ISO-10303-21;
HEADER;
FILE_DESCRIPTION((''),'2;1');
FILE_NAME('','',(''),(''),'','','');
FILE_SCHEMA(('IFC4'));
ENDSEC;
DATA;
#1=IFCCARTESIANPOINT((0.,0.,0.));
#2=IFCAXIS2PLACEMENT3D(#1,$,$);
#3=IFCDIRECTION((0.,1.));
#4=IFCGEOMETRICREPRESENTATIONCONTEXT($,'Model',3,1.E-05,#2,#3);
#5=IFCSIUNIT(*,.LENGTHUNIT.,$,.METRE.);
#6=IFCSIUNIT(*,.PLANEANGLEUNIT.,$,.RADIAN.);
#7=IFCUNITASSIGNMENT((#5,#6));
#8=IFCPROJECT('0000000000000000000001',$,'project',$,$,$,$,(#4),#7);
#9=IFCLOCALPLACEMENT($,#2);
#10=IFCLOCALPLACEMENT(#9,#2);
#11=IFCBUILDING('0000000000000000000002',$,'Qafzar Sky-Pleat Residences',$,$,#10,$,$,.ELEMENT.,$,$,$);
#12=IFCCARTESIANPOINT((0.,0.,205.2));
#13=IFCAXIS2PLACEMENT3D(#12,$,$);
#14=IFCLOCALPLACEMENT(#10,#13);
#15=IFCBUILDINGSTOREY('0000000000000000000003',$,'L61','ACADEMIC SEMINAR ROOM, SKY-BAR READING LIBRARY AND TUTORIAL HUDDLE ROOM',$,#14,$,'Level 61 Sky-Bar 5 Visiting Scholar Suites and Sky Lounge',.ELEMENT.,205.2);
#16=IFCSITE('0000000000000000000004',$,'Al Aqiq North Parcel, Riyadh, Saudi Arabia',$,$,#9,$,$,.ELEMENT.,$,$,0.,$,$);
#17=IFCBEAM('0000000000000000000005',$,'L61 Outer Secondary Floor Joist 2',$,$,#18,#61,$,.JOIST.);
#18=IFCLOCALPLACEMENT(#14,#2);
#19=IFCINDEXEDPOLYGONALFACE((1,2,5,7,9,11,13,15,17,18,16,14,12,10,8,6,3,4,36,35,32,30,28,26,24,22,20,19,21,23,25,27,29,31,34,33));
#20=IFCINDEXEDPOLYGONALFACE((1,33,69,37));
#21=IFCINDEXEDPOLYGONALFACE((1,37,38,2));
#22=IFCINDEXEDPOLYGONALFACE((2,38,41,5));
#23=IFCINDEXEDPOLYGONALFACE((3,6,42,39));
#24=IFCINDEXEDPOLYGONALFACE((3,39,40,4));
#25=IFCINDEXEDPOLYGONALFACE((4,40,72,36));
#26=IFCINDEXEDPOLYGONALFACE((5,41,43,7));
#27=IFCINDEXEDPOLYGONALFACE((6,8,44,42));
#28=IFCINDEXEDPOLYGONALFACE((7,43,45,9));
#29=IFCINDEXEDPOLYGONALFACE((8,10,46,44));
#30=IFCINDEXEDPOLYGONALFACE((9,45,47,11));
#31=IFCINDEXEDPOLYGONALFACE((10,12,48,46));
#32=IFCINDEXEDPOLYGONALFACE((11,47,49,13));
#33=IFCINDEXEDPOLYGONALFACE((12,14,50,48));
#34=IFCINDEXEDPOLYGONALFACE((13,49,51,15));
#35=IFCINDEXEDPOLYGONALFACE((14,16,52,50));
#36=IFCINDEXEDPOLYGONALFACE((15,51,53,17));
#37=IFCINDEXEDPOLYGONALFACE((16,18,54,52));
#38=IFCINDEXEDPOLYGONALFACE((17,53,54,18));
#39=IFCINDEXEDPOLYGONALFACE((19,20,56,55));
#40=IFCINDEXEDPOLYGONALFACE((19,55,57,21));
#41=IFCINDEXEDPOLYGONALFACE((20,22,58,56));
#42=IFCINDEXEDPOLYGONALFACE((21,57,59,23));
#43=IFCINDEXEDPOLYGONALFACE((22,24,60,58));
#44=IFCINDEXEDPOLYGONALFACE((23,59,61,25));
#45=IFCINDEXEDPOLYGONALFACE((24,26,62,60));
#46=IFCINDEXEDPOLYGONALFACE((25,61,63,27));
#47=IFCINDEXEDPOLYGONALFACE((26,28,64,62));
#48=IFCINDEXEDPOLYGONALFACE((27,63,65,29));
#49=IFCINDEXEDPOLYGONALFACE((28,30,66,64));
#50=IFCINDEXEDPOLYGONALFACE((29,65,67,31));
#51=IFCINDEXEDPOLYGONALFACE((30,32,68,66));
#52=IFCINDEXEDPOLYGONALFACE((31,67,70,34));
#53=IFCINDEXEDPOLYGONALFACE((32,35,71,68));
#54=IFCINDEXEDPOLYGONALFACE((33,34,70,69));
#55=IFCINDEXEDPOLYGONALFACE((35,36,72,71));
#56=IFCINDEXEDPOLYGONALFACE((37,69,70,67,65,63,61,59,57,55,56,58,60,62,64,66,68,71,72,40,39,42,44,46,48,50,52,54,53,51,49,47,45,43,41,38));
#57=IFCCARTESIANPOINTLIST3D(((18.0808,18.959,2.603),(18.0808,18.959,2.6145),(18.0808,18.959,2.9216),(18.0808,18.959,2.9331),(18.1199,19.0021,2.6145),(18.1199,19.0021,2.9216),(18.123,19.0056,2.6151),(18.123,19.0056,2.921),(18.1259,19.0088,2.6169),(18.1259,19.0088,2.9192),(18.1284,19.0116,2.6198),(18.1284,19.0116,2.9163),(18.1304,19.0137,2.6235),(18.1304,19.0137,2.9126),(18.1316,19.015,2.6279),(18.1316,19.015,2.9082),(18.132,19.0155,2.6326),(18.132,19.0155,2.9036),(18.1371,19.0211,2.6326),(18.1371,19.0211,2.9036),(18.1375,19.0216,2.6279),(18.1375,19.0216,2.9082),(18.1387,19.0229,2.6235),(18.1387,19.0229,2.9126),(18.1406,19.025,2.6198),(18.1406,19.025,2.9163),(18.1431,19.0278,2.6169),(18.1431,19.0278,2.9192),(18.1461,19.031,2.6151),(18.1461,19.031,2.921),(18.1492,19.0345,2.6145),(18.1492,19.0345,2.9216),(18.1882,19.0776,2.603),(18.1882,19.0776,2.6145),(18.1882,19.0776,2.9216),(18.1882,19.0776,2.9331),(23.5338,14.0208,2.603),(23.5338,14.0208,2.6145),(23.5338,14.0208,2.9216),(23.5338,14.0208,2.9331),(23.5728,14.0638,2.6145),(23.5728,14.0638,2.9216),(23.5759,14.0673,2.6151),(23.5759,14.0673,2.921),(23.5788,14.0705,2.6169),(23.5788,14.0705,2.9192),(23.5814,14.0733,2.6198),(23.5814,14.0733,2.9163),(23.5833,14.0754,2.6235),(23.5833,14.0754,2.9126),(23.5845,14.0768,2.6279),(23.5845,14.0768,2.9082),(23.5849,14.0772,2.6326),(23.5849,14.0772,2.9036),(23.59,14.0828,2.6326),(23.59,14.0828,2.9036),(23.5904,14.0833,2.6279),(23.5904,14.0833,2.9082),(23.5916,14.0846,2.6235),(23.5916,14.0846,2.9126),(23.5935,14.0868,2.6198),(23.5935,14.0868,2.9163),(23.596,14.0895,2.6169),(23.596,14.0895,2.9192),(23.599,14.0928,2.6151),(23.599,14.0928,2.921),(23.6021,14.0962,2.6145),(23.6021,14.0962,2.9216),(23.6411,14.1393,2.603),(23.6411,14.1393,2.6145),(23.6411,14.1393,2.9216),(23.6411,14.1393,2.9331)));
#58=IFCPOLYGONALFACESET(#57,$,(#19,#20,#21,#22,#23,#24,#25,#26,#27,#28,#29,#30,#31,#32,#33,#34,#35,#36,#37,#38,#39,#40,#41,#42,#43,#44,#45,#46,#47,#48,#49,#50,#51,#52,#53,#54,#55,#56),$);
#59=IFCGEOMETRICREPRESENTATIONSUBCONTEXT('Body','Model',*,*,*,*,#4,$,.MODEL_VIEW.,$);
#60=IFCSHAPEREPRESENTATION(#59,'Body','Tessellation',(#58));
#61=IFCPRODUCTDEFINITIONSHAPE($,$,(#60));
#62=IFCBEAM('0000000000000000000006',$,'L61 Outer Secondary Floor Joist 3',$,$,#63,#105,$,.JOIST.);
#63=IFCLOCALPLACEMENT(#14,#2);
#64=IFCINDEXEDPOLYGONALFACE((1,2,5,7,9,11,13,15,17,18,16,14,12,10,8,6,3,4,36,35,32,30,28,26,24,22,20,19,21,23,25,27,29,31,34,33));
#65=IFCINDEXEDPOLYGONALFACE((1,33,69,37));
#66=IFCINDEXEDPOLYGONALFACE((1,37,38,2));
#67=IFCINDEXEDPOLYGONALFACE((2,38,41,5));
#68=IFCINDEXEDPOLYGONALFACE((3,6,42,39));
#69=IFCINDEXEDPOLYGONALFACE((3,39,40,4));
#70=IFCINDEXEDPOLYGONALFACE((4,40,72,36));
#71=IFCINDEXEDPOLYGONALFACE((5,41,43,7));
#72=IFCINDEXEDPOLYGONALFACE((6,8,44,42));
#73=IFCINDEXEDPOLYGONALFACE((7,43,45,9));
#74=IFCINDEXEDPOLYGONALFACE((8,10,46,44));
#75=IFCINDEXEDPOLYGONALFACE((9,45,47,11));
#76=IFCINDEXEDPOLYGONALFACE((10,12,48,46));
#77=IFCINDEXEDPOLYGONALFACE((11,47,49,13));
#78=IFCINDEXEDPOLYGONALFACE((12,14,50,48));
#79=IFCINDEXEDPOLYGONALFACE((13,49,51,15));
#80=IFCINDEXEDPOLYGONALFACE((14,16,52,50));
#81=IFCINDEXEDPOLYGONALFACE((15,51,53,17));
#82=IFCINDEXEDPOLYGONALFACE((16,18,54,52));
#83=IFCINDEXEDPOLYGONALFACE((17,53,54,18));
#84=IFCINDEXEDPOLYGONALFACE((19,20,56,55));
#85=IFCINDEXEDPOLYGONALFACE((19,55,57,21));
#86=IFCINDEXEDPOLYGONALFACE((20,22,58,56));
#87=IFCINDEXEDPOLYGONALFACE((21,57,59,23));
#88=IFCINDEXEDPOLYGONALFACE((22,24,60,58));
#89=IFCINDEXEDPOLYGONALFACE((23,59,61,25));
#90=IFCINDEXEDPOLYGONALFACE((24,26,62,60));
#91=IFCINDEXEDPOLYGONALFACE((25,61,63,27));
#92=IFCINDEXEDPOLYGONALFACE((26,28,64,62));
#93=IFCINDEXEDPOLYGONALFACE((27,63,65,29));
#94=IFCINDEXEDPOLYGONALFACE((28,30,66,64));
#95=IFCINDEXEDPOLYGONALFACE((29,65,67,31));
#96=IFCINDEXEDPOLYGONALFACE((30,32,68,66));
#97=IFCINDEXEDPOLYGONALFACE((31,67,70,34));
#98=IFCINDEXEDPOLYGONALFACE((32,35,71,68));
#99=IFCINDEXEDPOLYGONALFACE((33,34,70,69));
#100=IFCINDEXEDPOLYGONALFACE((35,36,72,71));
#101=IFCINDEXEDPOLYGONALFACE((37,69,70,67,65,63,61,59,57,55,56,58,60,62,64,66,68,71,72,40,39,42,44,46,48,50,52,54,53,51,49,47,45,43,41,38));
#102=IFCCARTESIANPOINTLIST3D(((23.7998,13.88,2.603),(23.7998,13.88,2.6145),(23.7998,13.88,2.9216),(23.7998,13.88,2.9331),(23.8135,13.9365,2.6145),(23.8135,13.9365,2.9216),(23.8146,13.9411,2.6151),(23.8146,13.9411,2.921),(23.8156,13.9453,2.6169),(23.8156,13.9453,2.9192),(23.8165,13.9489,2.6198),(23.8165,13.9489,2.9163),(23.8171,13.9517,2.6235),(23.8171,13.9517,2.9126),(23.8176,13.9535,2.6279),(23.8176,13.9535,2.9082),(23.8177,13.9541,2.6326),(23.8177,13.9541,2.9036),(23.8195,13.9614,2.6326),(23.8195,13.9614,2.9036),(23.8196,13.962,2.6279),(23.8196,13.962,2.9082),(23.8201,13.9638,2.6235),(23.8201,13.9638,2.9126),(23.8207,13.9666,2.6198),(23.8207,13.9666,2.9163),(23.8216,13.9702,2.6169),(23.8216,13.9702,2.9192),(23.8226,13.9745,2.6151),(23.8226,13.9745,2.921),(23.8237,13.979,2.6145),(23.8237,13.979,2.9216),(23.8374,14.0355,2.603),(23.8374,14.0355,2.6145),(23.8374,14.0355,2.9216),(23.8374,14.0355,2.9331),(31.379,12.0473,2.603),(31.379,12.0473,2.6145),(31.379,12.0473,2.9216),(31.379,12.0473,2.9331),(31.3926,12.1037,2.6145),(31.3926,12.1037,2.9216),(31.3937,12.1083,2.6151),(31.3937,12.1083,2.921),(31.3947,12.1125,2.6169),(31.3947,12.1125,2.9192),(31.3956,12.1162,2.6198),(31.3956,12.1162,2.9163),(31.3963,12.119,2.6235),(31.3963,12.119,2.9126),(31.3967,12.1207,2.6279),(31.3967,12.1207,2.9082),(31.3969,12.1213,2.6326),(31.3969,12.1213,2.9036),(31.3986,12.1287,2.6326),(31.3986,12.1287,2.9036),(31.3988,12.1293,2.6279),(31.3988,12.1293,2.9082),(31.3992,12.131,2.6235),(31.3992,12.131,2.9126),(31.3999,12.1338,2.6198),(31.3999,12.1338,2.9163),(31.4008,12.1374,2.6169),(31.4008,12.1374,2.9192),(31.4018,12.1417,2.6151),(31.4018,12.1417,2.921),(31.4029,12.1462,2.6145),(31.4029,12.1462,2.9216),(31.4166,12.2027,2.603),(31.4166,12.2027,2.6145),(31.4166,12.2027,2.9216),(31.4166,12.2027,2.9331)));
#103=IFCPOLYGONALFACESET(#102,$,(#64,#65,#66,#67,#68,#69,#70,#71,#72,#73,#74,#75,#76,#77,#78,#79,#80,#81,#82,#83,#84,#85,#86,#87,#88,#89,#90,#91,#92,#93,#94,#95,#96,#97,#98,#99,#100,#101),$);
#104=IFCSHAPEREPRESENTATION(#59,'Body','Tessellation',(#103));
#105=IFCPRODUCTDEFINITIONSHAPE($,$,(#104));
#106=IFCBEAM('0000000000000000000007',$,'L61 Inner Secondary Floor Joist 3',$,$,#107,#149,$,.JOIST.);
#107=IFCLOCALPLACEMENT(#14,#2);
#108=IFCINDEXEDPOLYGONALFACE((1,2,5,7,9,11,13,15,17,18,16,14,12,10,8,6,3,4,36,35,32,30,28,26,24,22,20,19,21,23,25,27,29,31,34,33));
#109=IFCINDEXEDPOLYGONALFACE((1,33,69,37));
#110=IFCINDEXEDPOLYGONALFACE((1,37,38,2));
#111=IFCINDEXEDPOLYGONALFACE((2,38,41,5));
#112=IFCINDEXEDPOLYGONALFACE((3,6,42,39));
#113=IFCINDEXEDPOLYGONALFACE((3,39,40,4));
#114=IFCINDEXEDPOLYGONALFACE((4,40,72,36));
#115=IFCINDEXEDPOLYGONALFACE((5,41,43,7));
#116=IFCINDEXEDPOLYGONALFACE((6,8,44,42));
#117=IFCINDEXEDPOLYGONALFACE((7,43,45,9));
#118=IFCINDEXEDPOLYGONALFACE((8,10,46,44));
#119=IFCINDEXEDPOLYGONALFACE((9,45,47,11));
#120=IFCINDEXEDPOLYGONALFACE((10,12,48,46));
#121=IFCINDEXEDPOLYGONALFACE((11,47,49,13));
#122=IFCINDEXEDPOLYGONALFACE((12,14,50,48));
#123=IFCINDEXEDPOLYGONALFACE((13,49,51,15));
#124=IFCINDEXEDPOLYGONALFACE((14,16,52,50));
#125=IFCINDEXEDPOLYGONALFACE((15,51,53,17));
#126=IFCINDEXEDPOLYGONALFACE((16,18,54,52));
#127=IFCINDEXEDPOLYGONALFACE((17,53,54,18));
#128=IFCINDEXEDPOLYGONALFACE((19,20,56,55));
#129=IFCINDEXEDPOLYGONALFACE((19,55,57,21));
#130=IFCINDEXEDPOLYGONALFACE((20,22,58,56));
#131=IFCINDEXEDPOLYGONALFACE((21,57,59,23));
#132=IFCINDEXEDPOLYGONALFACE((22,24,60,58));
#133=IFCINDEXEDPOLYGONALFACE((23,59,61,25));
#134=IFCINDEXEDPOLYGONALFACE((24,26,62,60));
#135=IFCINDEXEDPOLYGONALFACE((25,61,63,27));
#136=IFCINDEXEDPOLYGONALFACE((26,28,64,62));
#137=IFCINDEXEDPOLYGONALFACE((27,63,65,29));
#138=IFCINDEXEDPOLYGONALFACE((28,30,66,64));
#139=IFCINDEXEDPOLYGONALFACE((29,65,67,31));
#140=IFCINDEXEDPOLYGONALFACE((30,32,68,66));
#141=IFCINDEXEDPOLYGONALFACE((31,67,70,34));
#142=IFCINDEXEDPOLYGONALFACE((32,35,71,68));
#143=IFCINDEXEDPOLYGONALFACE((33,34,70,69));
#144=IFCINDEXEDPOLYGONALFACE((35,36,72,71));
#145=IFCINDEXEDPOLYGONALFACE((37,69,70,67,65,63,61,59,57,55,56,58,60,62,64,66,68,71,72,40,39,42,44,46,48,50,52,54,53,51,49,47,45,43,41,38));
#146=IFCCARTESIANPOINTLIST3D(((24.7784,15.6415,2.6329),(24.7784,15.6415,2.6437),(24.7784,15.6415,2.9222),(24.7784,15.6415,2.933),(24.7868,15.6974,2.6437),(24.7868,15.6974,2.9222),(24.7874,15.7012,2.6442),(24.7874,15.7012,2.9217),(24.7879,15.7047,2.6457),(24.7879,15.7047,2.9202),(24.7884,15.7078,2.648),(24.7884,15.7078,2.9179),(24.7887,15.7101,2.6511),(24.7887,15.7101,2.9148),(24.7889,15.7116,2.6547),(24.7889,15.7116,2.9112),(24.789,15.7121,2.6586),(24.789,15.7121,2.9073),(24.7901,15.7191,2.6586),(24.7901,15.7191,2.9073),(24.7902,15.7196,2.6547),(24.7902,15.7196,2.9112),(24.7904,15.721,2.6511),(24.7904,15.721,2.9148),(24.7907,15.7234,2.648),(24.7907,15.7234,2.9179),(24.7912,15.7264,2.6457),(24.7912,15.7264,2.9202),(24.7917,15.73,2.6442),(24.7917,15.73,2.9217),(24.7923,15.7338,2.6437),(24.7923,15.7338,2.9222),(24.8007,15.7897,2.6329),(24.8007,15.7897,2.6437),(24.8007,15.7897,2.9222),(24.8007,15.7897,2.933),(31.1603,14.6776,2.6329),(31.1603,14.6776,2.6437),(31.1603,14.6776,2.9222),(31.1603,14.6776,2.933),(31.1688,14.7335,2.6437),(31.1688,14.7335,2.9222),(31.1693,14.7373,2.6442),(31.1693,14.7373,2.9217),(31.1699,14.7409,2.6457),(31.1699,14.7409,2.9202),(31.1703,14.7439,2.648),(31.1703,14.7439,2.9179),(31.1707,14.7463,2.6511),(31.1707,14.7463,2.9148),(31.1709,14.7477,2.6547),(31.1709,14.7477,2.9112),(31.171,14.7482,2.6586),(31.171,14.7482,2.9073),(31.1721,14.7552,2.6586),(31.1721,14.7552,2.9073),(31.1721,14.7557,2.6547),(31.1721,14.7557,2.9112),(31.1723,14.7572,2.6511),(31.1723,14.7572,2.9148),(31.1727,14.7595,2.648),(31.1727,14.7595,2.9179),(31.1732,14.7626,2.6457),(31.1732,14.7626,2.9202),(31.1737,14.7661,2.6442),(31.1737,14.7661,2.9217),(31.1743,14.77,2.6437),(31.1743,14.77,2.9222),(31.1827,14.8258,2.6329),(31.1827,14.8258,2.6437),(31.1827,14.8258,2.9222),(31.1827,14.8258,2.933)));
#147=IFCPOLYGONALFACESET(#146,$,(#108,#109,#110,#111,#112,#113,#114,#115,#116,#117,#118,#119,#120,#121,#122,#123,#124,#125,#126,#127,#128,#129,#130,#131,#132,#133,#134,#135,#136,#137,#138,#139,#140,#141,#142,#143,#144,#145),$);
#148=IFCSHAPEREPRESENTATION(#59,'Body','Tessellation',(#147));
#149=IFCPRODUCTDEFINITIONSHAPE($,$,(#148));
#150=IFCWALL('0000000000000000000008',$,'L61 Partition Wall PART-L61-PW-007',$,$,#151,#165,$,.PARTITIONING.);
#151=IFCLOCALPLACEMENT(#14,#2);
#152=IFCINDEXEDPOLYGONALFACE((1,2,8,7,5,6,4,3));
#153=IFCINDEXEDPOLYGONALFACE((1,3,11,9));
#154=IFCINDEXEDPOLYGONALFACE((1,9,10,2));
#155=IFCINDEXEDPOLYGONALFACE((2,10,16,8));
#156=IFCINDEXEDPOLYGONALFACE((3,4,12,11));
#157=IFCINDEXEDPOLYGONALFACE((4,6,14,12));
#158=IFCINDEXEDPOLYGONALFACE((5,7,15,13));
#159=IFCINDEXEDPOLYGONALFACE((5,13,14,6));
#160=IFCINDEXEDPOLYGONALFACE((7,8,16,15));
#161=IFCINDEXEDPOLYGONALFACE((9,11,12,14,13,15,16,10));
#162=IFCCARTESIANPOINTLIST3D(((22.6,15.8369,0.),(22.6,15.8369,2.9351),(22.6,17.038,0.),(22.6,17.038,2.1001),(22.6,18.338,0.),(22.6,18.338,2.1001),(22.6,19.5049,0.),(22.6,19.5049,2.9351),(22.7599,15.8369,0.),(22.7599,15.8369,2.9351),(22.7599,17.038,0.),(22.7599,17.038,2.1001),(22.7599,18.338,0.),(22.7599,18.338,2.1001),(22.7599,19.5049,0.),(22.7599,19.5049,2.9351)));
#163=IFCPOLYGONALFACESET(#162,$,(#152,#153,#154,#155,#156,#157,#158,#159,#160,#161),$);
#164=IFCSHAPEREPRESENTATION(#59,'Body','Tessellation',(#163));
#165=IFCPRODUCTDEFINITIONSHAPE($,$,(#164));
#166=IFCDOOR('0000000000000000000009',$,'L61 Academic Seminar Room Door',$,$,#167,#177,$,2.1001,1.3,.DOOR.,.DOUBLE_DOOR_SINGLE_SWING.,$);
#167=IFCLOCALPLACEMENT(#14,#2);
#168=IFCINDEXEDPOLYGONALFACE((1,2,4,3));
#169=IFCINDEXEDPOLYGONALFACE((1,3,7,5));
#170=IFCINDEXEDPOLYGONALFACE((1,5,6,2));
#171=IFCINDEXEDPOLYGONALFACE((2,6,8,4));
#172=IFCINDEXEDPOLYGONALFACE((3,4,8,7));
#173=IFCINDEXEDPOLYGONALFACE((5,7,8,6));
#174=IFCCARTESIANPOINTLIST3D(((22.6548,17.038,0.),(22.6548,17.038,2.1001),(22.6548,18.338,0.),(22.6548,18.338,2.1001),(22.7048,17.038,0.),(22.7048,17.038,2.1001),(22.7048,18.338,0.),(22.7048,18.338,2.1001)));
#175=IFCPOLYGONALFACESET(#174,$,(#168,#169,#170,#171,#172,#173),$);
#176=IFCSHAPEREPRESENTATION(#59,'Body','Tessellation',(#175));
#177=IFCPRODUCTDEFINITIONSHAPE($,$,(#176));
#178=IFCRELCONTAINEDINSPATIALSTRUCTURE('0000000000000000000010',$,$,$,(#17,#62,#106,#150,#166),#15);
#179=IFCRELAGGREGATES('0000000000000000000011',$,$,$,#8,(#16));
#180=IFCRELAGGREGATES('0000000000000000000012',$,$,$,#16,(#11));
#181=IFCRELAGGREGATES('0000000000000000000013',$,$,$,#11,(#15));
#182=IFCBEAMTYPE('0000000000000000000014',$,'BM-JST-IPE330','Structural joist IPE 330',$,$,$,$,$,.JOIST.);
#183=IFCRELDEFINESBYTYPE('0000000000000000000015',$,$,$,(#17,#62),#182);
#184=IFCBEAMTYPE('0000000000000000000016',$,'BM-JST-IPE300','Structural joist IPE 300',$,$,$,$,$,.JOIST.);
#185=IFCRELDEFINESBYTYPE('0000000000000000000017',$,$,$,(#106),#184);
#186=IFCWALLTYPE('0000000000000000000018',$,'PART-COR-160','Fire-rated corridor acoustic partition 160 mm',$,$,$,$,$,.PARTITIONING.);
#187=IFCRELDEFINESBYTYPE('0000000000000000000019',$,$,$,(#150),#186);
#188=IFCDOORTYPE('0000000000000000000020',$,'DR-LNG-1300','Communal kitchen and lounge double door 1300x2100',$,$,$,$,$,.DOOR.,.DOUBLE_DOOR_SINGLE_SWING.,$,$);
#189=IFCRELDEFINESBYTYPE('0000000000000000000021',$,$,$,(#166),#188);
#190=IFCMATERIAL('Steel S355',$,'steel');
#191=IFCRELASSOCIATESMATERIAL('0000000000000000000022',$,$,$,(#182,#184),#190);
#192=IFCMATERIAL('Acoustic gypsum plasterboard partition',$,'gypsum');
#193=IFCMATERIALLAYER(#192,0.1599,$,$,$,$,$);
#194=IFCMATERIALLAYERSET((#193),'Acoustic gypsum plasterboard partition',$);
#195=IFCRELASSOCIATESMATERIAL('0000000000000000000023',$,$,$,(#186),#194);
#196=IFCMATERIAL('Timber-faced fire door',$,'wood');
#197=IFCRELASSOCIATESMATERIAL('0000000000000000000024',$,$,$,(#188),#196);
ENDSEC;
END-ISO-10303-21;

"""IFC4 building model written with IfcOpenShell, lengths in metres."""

from ifc_helpers import new_model, si_unit, direction, frame, frame_2d, origin, origin_2d, place, context, subcontext, project, spatial, rectangle, i_section, extrude, source, transform, mapped, material, layer, layer_set, material_profile, profile_set, type_object, element, fill, save


model = new_model("IFC4")

# Units and contexts
model_context = context("Model", 3, precision=1e-05, world=origin(), true_north=direction((0.0, 1.0)))
body_context = subcontext(model_context, "Body", "Model", "MODEL_VIEW")
ifc_project = project(units=[si_unit("LENGTHUNIT", "METRE"), si_unit("PLANEANGLEUNIT", "RADIAN")], contexts=[model_context])

# Site, building, storey
site_placement = place(None, origin())
site = spatial("IfcSite", under=ifc_project, at=site_placement, Name="Al Aqiq North Parcel, Riyadh, Saudi Arabia", CompositionType="ELEMENT", RefElevation=0.0)
building_placement = place(site_placement, origin())
building = spatial("IfcBuilding", under=site, at=building_placement, Name="Qafzar Sky-Pleat Residences", CompositionType="ELEMENT")
storey_placement = place(building_placement, frame((0.0, 0.0, 205.2)))
storey = spatial("IfcBuildingStorey", under=building, at=storey_placement, Name="L61", Description="ACADEMIC SEMINAR ROOM, SKY-BAR READING LIBRARY AND TUTORIAL HUDDLE ROOM", LongName="Level 61 Sky-Bar 5 Visiting Scholar Suites and Sky Lounge", CompositionType="ELEMENT", Elevation=205.2)

# Shared definitions
ifc_material_1 = material(Name="Steel S355", Category="steel")

# Beams
ifc_material_profile_1 = material_profile(ifc_material_1, i_section(OverallWidth=0.1599, OverallDepth=0.3301, WebThickness=0.0076, FlangeThickness=0.0115, FilletRadius=0.0181, at=origin_2d()), Name="IPE 330")
ifc_profile_set_1 = profile_set([ifc_material_profile_1], Name="Steel S355")
beam_type_1 = type_object("IfcBeamType", Name="BM-JST-IPE330", Description="Structural joist IPE 330", PredefinedType="JOIST", material=ifc_profile_set_1)
shared_shape_1 = source(origin(), body_context, "Body", "SweptSolid", [
    extrude(i_section(OverallWidth=0.1599, OverallDepth=0.3301, WebThickness=0.0076, FlangeThickness=0.0115, FilletRadius=0.0181, at=origin_2d()), origin(), (0.0, 0.0, 1.0), 7.3567),
])
beam_1_placement = place(storey_placement, frame((18.1345, 19.0183, 2.7681), z_axis=(0.74122, -0.671263, 0.0), x_axis=(0.671263, 0.74122, 0.0)))
element("IfcBeam", 1, at=beam_1_placement, inside=storey, type_object=beam_type_1, Name="L61 Outer Secondary Floor Joist 2", PredefinedType="JOIST", context=body_context, shape_type="MappedRepresentation", body=[
    mapped(shared_shape_1, transform((0.0, 0.0, 0.0), x_axis=(1.0, 0.0, 0.0), y_axis=(0.0, 1.0, 0.0), z_axis=(0.0, 0.0, 1.0), scale=1.0)),
])
shared_shape_2 = source(origin(), body_context, "Body", "SweptSolid", [
    extrude(i_section(OverallWidth=0.1599, OverallDepth=0.3301, WebThickness=0.0076, FlangeThickness=0.0115, FilletRadius=0.0181, at=origin_2d()), origin(), (0.0, 0.0, 1.0), 7.7976),
])
beam_2_placement = place(storey_placement, frame((23.8186, 13.9578, 2.7681), z_axis=(0.971985, -0.235043, 0.0), x_axis=(0.235043, 0.971985, 0.0)))
element("IfcBeam", 2, at=beam_2_placement, inside=storey, type_object=beam_type_1, Name="L61 Outer Secondary Floor Joist 3", PredefinedType="JOIST", context=body_context, shape_type="MappedRepresentation", body=[
    mapped(shared_shape_2, transform((0.0, 0.0, 0.0), x_axis=(1.0, 0.0, 0.0), y_axis=(0.0, 1.0, 0.0), z_axis=(0.0, 0.0, 1.0), scale=1.0)),
])
ifc_material_profile_2 = material_profile(ifc_material_1, i_section(OverallWidth=0.1499, OverallDepth=0.3, WebThickness=0.0071, FlangeThickness=0.0107, FilletRadius=0.0149, at=origin_2d()), Name="IPE 300")
ifc_profile_set_2 = profile_set([ifc_material_profile_2], Name="Steel S355")
beam_type_2 = type_object("IfcBeamType", Name="BM-JST-IPE300", Description="Structural joist IPE 300", PredefinedType="JOIST", material=ifc_profile_set_2)
shared_shape_3 = source(origin(), body_context, "Body", "SweptSolid", [
    extrude(i_section(OverallWidth=0.1499, OverallDepth=0.3, WebThickness=0.0071, FlangeThickness=0.0107, FilletRadius=0.0149, at=origin_2d()), origin(), (0.0, 0.0, 1.0), 6.4543),
])
beam_3_placement = place(storey_placement, frame((24.7896, 15.7156, 2.783), z_axis=(0.988787, -0.149334, 0.0), x_axis=(0.149334, 0.988787, 0.0)))
element("IfcBeam", 3, at=beam_3_placement, inside=storey, type_object=beam_type_2, Name="L61 Inner Secondary Floor Joist 3", PredefinedType="JOIST", context=body_context, shape_type="MappedRepresentation", body=[
    mapped(shared_shape_3, transform((0.0, 0.0, 0.0), x_axis=(1.0, 0.0, 0.0), y_axis=(0.0, 1.0, 0.0), z_axis=(0.0, 0.0, 1.0), scale=1.0)),
])

# Wall, opening, door
ifc_material_2 = material(Name="Acoustic gypsum plasterboard partition", Category="gypsum")
ifc_layer_1 = layer(ifc_material_2, 0.1599)
ifc_layer_set_1 = layer_set([ifc_layer_1], Name="Acoustic gypsum plasterboard partition")
wall_type_1 = type_object("IfcWallType", Name="PART-COR-160", Description="Fire-rated corridor acoustic partition 160 mm", PredefinedType="PARTITIONING", material=ifc_layer_set_1)
wall_1_placement = place(storey_placement, frame((22.6799, 19.5049, 0.0), z_axis=(0.0, 0.0, 1.0), x_axis=(0.0, -1.0, 0.0)))
wall_1 = element("IfcWall", 4, at=wall_1_placement, inside=storey, type_object=wall_type_1, Name="L61 Partition Wall PART-L61-PW-007", PredefinedType="PARTITIONING", context=body_context, shape_type="SweptSolid", body=[
    extrude(rectangle(XDim=3.668, YDim=0.1599, at=frame_2d((1.834, 0.0))), origin(), (0.0, 0.0, 1.0), 2.9351),
])
opening_1_placement = place(wall_1_placement, frame((1.167, 0.0, 0.0)))
opening_1 = element("IfcOpeningElement", 5, at=opening_1_placement, cuts=wall_1, PredefinedType="OPENING", context=body_context, shape_type="SweptSolid", body=[
    extrude(rectangle(XDim=1.3, YDim=2.1001, at=frame_2d((0.6499, 1.05))), frame((0.0, 0.0898, 0.0), z_axis=(0.0, -1.0, 0.0), x_axis=(1.0, 0.0, 0.0)), (0.0, 0.0, 1.0), 0.1799),
])
ifc_material_3 = material(Name="Timber-faced fire door", Category="wood")
door_type_1 = type_object("IfcDoorType", Name="DR-LNG-1300", Description="Communal kitchen and lounge double door 1300x2100", OperationType="DOUBLE_DOOR_SINGLE_SWING", PredefinedType="DOOR", material=ifc_material_3)
shared_shape_4 = source(origin(), body_context, "Body", "SweptSolid", [
    extrude(rectangle(XDim=1.3, YDim=2.1001, at=frame_2d((0.6499, 1.05))), frame((0.0, 0.0249, 0.0), z_axis=(0.0, -1.0, 0.0), x_axis=(1.0, 0.0, 0.0)), (0.0, 0.0, 1.0), 0.05),
])
door_1_placement = place(opening_1_placement, origin())
door_1 = element("IfcDoor", 6, at=door_1_placement, inside=storey, type_object=door_type_1, Name="L61 Academic Seminar Room Door", OperationType="DOUBLE_DOOR_SINGLE_SWING", OverallHeight=2.1001, OverallWidth=1.3, PredefinedType="DOOR", context=body_context, shape_type="MappedRepresentation", body=[
    mapped(shared_shape_4, transform((0.0, 0.0, 0.0), x_axis=(1.0, 0.0, 0.0), y_axis=(0.0, 1.0, 0.0), z_axis=(0.0, 0.0, 1.0), scale=1.0)),
])
fill(opening_1, door_1)

save(model, "model.ifc")
